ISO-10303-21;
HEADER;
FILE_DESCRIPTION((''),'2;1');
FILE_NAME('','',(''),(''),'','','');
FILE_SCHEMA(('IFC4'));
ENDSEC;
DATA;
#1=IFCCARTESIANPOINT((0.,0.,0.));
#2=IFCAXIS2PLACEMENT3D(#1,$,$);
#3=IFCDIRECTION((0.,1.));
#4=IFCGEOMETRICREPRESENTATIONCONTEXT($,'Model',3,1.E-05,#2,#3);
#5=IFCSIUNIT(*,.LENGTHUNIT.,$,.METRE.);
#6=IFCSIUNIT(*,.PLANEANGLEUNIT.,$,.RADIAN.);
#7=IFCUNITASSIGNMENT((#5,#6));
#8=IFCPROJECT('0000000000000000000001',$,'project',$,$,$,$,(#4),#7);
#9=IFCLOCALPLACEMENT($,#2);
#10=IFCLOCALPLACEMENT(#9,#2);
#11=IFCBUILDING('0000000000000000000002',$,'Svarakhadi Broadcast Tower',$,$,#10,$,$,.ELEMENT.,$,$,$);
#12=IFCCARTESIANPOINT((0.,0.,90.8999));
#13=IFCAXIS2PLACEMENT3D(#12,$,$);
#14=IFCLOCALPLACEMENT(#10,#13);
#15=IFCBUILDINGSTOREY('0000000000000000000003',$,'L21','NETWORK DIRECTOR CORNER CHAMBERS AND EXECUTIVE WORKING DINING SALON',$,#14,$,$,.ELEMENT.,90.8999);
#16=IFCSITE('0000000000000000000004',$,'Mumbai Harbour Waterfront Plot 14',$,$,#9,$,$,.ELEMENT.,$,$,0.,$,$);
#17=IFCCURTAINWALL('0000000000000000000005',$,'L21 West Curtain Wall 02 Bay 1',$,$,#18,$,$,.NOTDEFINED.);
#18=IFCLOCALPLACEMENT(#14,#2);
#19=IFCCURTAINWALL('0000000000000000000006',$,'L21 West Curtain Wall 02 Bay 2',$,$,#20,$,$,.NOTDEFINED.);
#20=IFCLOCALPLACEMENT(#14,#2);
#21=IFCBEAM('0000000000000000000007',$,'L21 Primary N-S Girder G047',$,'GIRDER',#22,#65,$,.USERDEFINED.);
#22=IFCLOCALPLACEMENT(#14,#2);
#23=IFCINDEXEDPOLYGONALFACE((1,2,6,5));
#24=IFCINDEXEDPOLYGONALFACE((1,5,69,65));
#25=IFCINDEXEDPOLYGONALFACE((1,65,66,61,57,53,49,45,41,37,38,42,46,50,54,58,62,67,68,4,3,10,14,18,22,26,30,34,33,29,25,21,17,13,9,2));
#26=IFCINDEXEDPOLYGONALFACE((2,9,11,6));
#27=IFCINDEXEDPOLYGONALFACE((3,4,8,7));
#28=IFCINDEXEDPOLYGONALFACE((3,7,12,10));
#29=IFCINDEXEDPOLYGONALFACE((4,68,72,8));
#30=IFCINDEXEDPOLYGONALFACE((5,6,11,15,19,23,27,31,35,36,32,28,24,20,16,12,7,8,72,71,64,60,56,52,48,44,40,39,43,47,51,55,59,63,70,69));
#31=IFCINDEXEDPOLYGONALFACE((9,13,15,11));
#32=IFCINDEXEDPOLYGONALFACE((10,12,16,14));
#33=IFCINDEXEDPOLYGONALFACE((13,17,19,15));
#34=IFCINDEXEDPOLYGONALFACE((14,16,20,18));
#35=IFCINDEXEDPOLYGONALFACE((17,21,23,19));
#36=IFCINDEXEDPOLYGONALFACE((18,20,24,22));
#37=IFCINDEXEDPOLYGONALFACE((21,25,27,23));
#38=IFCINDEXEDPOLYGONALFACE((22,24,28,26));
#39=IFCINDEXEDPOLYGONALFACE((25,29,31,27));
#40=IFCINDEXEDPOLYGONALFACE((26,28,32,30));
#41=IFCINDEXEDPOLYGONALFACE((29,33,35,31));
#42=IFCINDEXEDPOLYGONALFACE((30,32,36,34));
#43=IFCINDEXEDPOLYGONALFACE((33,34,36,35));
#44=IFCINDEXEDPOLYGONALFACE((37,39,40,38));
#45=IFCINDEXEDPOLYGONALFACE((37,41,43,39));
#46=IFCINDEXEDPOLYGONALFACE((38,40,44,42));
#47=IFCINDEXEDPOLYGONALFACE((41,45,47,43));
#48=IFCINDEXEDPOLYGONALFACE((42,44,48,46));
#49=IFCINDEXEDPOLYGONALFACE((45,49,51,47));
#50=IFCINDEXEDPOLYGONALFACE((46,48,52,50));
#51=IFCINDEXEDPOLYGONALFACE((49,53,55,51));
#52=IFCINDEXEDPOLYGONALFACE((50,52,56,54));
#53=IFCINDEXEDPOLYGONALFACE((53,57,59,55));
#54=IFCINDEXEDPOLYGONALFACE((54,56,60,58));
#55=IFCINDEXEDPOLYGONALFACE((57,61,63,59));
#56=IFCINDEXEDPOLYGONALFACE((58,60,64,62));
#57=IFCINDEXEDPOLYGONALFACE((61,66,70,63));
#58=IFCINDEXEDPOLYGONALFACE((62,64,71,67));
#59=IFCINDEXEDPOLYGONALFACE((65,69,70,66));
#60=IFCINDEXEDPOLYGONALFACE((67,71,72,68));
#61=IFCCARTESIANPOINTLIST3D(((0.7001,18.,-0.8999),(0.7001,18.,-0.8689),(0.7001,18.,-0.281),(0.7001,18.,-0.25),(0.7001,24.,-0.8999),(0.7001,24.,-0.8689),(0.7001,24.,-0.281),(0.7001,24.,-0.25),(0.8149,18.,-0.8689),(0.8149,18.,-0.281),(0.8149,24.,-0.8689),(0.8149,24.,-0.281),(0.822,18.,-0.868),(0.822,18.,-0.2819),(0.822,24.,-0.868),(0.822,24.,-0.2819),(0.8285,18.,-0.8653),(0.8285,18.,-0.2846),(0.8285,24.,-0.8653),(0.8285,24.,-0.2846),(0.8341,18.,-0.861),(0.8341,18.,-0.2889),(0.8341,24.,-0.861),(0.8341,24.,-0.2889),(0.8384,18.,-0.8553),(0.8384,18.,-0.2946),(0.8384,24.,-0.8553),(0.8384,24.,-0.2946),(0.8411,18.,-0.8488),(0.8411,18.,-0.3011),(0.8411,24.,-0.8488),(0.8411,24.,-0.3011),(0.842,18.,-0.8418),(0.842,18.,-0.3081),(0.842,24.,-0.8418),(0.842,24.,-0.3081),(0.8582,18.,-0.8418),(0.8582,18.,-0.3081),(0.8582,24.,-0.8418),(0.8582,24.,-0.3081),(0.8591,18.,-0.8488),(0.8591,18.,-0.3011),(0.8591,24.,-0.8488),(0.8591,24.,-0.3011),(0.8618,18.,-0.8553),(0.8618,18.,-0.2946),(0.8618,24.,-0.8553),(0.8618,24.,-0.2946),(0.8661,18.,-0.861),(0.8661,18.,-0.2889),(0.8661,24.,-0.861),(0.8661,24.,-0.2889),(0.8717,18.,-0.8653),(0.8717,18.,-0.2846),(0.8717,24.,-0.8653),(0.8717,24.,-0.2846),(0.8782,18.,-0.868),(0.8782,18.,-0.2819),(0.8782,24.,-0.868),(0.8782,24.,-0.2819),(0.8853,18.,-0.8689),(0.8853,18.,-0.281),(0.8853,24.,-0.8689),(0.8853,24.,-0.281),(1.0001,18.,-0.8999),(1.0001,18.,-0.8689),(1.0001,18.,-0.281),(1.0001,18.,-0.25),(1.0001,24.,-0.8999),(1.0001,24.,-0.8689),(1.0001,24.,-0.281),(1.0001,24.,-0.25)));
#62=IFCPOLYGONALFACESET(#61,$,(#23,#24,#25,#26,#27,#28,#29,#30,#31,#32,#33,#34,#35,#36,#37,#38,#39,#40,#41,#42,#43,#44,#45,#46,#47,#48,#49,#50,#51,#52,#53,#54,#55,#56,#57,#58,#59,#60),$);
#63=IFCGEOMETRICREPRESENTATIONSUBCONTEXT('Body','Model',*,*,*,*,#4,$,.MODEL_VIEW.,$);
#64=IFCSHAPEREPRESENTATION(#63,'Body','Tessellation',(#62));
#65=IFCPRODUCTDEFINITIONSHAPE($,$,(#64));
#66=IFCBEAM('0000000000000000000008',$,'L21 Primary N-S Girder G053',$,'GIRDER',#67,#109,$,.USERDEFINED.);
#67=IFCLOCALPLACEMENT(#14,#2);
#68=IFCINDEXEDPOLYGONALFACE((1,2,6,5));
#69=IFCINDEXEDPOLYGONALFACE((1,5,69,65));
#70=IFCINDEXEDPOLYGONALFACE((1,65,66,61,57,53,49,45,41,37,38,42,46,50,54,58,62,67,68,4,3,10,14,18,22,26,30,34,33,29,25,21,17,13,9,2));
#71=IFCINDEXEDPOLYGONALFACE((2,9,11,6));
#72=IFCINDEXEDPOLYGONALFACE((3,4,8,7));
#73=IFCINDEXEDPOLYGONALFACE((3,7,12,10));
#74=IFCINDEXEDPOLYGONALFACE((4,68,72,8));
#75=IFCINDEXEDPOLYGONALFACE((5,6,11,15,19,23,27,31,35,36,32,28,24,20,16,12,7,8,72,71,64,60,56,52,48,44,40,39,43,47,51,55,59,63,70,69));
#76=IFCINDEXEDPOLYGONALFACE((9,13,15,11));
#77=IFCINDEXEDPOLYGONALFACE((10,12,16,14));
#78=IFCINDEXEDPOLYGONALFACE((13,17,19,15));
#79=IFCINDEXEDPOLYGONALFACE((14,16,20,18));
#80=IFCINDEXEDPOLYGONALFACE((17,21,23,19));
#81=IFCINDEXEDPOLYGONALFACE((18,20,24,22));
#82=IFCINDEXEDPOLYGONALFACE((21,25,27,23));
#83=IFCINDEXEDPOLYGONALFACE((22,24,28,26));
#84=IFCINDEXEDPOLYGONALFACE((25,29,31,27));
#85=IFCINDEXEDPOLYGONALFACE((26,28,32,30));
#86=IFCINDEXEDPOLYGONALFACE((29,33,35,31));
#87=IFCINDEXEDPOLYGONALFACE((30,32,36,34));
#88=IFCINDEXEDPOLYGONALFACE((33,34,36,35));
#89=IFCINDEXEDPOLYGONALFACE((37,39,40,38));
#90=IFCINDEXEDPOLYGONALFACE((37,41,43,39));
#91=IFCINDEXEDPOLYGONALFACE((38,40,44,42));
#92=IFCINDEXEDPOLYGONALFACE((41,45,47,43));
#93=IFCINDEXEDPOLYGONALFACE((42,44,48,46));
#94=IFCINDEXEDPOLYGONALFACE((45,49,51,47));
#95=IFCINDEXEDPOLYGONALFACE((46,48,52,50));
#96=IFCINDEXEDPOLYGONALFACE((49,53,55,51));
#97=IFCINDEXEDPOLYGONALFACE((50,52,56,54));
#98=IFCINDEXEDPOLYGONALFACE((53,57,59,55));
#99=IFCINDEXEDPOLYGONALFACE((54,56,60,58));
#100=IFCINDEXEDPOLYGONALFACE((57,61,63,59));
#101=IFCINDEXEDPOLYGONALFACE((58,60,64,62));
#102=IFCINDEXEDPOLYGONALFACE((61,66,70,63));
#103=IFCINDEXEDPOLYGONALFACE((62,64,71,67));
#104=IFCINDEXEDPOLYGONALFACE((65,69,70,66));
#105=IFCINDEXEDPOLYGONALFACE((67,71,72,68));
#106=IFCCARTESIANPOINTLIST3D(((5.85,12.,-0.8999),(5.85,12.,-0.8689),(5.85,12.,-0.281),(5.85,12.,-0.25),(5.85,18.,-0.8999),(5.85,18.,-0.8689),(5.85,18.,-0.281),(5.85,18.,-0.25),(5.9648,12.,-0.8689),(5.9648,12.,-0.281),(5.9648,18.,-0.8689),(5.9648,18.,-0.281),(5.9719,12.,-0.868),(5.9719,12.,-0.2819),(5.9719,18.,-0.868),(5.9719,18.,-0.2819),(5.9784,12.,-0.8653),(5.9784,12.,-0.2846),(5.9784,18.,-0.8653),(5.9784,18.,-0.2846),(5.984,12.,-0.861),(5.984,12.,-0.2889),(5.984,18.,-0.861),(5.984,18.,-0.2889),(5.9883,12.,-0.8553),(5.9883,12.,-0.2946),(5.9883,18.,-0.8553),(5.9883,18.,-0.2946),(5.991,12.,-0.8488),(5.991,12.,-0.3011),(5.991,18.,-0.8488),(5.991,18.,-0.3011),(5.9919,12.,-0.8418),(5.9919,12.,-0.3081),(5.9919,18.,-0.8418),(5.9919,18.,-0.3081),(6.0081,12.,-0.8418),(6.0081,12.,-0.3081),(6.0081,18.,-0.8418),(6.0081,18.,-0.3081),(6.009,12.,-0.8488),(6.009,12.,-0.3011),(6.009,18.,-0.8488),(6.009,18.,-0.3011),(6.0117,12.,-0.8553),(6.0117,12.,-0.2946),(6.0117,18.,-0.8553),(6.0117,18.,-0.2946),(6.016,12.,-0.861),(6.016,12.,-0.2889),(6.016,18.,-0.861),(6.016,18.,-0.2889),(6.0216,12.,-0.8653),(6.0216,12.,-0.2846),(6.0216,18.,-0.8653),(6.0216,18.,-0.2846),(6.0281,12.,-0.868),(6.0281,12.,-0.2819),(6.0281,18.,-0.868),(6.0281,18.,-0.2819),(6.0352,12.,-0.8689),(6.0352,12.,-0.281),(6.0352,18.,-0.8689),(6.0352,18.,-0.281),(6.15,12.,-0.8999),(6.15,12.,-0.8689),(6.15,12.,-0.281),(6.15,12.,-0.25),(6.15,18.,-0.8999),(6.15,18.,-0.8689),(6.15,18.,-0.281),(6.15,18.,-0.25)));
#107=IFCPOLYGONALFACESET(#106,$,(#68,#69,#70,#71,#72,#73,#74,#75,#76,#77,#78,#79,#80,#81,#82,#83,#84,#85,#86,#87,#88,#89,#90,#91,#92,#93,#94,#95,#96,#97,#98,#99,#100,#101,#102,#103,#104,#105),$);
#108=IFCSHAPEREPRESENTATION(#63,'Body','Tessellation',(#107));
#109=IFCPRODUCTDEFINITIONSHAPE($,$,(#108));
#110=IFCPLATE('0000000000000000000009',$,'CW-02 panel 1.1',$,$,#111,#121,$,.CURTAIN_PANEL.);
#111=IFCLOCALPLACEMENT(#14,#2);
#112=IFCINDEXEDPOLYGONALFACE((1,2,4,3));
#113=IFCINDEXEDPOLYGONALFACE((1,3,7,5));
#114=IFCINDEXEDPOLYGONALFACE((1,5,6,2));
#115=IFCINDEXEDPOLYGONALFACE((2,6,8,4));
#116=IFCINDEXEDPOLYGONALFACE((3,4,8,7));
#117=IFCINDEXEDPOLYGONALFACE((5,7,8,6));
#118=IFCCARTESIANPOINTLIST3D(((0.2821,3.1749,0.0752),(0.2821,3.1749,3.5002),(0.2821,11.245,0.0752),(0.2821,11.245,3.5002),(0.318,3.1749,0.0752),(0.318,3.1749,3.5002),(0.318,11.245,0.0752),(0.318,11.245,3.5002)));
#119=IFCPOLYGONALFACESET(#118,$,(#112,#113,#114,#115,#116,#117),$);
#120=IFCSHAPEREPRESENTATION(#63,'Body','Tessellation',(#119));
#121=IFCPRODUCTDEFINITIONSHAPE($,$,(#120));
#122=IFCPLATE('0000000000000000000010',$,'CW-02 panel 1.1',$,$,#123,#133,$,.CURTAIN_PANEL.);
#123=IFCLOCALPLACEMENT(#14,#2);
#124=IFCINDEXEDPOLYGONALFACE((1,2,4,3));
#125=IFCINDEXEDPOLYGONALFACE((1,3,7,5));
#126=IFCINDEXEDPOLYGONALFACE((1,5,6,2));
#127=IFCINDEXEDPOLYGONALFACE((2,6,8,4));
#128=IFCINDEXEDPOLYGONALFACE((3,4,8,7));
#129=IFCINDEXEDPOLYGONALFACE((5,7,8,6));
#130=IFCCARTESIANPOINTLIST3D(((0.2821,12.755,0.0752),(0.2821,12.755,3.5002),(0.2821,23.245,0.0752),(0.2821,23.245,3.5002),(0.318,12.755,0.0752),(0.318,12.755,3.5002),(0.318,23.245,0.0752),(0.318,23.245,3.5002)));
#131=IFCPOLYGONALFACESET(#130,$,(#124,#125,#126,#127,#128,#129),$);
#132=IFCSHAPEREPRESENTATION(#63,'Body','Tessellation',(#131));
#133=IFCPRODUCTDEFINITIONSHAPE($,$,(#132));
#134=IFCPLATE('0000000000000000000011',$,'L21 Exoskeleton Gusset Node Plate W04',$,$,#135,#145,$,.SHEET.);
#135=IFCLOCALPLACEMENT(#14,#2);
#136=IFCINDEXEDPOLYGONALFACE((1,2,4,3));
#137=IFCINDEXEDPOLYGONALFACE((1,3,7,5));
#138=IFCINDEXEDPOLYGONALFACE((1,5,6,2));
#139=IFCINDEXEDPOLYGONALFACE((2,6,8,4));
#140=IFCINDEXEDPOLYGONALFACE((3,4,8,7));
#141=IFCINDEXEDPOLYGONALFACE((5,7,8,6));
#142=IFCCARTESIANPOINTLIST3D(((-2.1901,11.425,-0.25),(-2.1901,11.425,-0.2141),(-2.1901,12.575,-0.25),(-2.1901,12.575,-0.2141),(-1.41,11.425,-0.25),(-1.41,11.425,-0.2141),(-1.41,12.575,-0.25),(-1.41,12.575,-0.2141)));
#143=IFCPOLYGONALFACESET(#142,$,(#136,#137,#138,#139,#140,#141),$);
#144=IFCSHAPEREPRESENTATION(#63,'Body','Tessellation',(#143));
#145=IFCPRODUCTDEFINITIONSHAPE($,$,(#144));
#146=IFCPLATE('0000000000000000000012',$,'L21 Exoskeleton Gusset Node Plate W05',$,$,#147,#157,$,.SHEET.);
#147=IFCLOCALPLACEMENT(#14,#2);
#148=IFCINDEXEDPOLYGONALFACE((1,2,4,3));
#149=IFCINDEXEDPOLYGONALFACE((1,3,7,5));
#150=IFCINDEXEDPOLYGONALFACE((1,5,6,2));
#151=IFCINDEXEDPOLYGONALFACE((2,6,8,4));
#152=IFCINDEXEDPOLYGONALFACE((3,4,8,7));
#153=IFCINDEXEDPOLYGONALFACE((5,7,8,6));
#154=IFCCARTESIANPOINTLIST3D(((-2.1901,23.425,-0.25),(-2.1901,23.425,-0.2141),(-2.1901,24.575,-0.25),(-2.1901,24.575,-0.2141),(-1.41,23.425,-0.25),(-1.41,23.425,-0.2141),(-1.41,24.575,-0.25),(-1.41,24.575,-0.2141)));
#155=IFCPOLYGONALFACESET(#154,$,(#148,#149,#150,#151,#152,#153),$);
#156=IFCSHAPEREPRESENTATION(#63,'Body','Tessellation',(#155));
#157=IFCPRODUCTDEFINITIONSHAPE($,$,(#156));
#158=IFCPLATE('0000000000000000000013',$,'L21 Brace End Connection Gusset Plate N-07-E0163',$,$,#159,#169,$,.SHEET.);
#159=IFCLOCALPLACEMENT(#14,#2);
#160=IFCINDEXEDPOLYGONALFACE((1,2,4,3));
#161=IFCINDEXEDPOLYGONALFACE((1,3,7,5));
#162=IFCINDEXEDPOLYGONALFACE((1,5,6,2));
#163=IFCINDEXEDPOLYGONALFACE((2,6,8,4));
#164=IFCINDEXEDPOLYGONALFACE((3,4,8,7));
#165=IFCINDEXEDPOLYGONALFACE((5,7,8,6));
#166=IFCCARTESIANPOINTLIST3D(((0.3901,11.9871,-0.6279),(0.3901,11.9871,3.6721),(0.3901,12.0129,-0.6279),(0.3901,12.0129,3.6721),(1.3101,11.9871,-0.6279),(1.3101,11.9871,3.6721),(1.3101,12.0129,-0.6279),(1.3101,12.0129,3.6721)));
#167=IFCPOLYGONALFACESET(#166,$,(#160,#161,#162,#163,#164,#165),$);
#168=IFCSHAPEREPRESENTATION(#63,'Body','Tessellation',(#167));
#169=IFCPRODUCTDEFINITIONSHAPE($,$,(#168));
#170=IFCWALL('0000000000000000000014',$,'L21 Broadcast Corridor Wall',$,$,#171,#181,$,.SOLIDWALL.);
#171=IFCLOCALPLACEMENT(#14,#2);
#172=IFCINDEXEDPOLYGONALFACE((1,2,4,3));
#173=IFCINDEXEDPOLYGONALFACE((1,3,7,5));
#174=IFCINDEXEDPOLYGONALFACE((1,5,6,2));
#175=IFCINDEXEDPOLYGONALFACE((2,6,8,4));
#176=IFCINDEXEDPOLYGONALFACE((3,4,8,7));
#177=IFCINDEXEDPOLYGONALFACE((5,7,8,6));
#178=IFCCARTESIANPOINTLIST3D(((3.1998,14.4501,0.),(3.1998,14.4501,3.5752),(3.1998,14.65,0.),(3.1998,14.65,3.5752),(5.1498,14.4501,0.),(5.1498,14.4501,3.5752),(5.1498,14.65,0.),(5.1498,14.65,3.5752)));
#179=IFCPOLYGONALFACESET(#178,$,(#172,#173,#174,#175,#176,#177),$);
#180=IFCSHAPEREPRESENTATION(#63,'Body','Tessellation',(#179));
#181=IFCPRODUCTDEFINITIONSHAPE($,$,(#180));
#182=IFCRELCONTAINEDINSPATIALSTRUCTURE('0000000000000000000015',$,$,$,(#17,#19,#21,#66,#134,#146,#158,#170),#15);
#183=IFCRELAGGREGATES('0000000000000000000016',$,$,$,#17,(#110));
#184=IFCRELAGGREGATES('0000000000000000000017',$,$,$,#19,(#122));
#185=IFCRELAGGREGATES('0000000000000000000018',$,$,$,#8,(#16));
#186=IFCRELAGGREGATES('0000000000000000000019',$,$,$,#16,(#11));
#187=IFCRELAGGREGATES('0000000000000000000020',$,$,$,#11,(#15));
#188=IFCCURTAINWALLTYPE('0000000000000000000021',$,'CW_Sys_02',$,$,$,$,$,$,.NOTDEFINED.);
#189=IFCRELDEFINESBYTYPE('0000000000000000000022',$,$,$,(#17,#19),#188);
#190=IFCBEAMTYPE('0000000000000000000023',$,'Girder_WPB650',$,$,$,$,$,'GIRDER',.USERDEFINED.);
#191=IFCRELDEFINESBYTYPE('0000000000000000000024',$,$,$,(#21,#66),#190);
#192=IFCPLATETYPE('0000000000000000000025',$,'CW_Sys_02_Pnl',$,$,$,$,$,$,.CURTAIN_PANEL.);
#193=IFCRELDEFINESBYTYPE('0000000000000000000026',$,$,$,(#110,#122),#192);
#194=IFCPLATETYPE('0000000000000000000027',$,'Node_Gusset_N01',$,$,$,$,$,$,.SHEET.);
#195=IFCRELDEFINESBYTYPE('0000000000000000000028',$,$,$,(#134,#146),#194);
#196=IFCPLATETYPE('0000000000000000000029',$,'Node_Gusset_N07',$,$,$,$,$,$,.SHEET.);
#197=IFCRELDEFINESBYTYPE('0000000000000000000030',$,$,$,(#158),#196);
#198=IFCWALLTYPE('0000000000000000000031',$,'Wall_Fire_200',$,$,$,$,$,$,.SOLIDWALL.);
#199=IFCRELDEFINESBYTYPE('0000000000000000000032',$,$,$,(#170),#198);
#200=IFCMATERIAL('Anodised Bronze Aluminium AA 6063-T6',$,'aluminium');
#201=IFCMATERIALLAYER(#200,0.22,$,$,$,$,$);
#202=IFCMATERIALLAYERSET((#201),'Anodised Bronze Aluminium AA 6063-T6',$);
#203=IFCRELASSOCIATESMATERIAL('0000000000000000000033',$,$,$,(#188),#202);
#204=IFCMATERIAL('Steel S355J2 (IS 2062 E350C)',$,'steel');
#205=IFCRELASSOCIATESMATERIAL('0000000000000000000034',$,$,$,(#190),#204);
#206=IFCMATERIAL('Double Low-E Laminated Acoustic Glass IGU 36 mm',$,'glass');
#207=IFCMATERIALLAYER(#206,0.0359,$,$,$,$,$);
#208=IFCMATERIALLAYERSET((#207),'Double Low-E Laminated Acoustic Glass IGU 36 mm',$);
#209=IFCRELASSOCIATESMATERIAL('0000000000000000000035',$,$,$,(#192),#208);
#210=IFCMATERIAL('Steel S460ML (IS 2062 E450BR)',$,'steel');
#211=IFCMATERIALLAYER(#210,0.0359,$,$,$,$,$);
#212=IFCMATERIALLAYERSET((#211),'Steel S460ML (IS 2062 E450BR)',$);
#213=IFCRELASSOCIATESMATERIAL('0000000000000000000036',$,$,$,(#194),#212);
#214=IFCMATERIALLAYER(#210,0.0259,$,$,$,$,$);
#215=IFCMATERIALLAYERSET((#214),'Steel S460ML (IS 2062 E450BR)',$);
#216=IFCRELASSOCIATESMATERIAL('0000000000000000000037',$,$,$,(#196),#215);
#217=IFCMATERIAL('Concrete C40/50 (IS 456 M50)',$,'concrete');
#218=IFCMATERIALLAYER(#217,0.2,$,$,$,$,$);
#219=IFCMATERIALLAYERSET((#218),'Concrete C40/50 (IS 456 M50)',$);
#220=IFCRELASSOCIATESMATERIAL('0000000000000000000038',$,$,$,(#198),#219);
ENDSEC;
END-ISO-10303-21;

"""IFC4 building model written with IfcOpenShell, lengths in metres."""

from ifc_helpers import new_model, si_unit, direction, frame, frame_2d, origin, origin_2d, place, context, subcontext, project, spatial, rectangle, i_section, extrude, material, layer, layer_set, material_profile, profile_set, type_object, element, aggregate, save


model = new_model("IFC4")

# Units and contexts
model_context = context("Model", 3, precision=1e-05, world=origin(), true_north=direction((0.0, 1.0)))
body_context = subcontext(model_context, "Body", "Model", "MODEL_VIEW")
ifc_project = project(units=[si_unit("LENGTHUNIT", "METRE"), si_unit("PLANEANGLEUNIT", "RADIAN")], contexts=[model_context])

# Site, building, storey
site_placement = place(None, origin())
site = spatial("IfcSite", under=ifc_project, at=site_placement, Name="Mumbai Harbour Waterfront Plot 14", CompositionType="ELEMENT", RefElevation=0.0)
building_placement = place(site_placement, origin())
building = spatial("IfcBuilding", under=site, at=building_placement, Name="Svarakhadi Broadcast Tower", CompositionType="ELEMENT")
storey_placement = place(building_placement, frame((0.0, 0.0, 90.8999)))
storey = spatial("IfcBuildingStorey", under=building, at=storey_placement, Name="L21", Description="NETWORK DIRECTOR CORNER CHAMBERS AND EXECUTIVE WORKING DINING SALON", CompositionType="ELEMENT", Elevation=90.8999)

# Shared definitions
ifc_material_1 = material(Name="Steel S460ML (IS 2062 E450BR)", Category="steel")

# Shared definitions
ifc_material_2 = material(Name="Steel S355J2 (IS 2062 E350C)", Category="steel")

# Curtain wall
ifc_material_3 = material(Name="Anodised Bronze Aluminium AA 6063-T6", Category="aluminium")
ifc_layer_1 = layer(ifc_material_3, 0.22)
ifc_layer_set_1 = layer_set([ifc_layer_1], Name="Anodised Bronze Aluminium AA 6063-T6")
curtain_wall_type = type_object("IfcCurtainWallType", Name="CW_Sys_02", PredefinedType="NOTDEFINED", material=ifc_layer_set_1)
curtain_wall_1_placement = place(storey_placement, origin())
curtain_wall_1 = element("IfcCurtainWall", 1, at=curtain_wall_1_placement, inside=storey, type_object=curtain_wall_type, Name="L21 West Curtain Wall 02 Bay 1", PredefinedType="NOTDEFINED")

# Curtain wall
curtain_wall_2_placement = place(storey_placement, origin())
curtain_wall_2 = element("IfcCurtainWall", 2, at=curtain_wall_2_placement, inside=storey, type_object=curtain_wall_type, Name="L21 West Curtain Wall 02 Bay 2", PredefinedType="NOTDEFINED")

# Beams
ifc_material_profile_1 = material_profile(ifc_material_2, i_section(OverallWidth=0.3, OverallDepth=0.6499, WebThickness=0.0161, FlangeThickness=0.031, FilletRadius=0.0271, at=origin_2d()), Name="WPB 650x300x225")
ifc_profile_set_1 = profile_set([ifc_material_profile_1], Name="Steel S355J2 (IS 2062 E350C)")
beam_type_1 = type_object("IfcBeamType", Name="Girder_WPB650", ElementType="GIRDER", PredefinedType="USERDEFINED", material=ifc_profile_set_1)
for number, where, z_axis, x_axis, name in (
    (3, (0.8501, 18.0, -0.575), (0.0, 1.0, 0.0), (-1.0, 0.0, 0.0), "L21 Primary N-S Girder G047"),
    (4, (6.0, 12.0, -0.575), (0.0, 1.0, 0.0), (-1.0, 0.0, 0.0), "L21 Primary N-S Girder G053"),
):
    element("IfcBeam", number, at=place(storey_placement, frame(where, z_axis=z_axis, x_axis=x_axis)), inside=storey, type_object=beam_type_1, Name=name, ObjectType="GIRDER", PredefinedType="USERDEFINED", context=body_context, shape_type="SweptSolid", body=[
        extrude(i_section(OverallWidth=0.3, OverallDepth=0.6499, WebThickness=0.0161, FlangeThickness=0.031, FilletRadius=0.0271, at=origin_2d()), origin(), (0.0, 0.0, 1.0), 6.0),
    ])

# Plates
ifc_material_4 = material(Name="Double Low-E Laminated Acoustic Glass IGU 36 mm", Category="glass")
ifc_layer_2 = layer(ifc_material_4, 0.0359)
ifc_layer_set_2 = layer_set([ifc_layer_2], Name="Double Low-E Laminated Acoustic Glass IGU 36 mm")
plate_type_1 = type_object("IfcPlateType", Name="CW_Sys_02_Pnl", PredefinedType="CURTAIN_PANEL", material=ifc_layer_set_2)
plate_1_placement = place(storey_placement, frame((0.3, 7.21, 0.0752), z_axis=(0.0, 0.0, 1.0), x_axis=(0.0, 1.0, 0.0)))
plate_1 = element("IfcPlate", 5, at=plate_1_placement, type_object=plate_type_1, Name="CW-02 panel 1.1", PredefinedType="CURTAIN_PANEL", context=body_context, shape_type="SweptSolid", body=[
    extrude(rectangle(XDim=8.0701, YDim=0.0359, at=origin_2d()), origin(), (0.0, 0.0, 1.0), 3.425),
])
aggregate(curtain_wall_1, [plate_1])
plate_2_placement = place(storey_placement, frame((0.3, 18.0, 0.0752), z_axis=(0.0, 0.0, 1.0), x_axis=(0.0, 1.0, 0.0)))
plate_2 = element("IfcPlate", 6, at=plate_2_placement, type_object=plate_type_1, Name="CW-02 panel 1.1", PredefinedType="CURTAIN_PANEL", context=body_context, shape_type="SweptSolid", body=[
    extrude(rectangle(XDim=10.49, YDim=0.0359, at=origin_2d()), origin(), (0.0, 0.0, 1.0), 3.425),
])
aggregate(curtain_wall_2, [plate_2])

# Plates
ifc_layer_3 = layer(ifc_material_1, 0.0359)
ifc_layer_set_3 = layer_set([ifc_layer_3], Name="Steel S460ML (IS 2062 E450BR)")
plate_type_2 = type_object("IfcPlateType", Name="Node_Gusset_N01", PredefinedType="SHEET", material=ifc_layer_set_3)
for number, where, z_axis, x_axis, name in (
    (7, (-1.8, 12.0, -0.25), (0.0, 0.0, 1.0), (0.0, 1.0, 0.0), "L21 Exoskeleton Gusset Node Plate W04"),
    (8, (-1.8, 24.0, -0.25), (0.0, 0.0, 1.0), (0.0, 1.0, 0.0), "L21 Exoskeleton Gusset Node Plate W05"),
):
    element("IfcPlate", number, at=place(storey_placement, frame(where, z_axis=z_axis, x_axis=x_axis)), inside=storey, type_object=plate_type_2, Name=name, PredefinedType="SHEET", context=body_context, shape_type="SweptSolid", body=[
        extrude(rectangle(XDim=1.1499, YDim=0.78, at=origin_2d()), origin(), (0.0, 0.0, 1.0), 0.0359),
    ])
ifc_layer_4 = layer(ifc_material_1, 0.0259)
ifc_layer_set_4 = layer_set([ifc_layer_4], Name="Steel S460ML (IS 2062 E450BR)")
plate_type_3 = type_object("IfcPlateType", Name="Node_Gusset_N07", PredefinedType="SHEET", material=ifc_layer_set_4)
plate_3_placement = place(storey_placement, frame((0.8501, 12.0, -0.6279), z_axis=(0.0, 0.0, 1.0), x_axis=(1.0, 0.0, 0.0)))
element("IfcPlate", 9, at=plate_3_placement, inside=storey, type_object=plate_type_3, Name="L21 Brace End Connection Gusset Plate N-07-E0163", PredefinedType="SHEET", context=body_context, shape_type="SweptSolid", body=[
    extrude(rectangle(XDim=0.9199, YDim=0.0259, at=origin_2d()), origin(), (0.0, 0.0, 1.0), 4.3),
])

# Wall
ifc_material_5 = material(Name="Concrete C40/50 (IS 456 M50)", Category="concrete")
ifc_layer_5 = layer(ifc_material_5, 0.2)
ifc_layer_set_5 = layer_set([ifc_layer_5], Name="Concrete C40/50 (IS 456 M50)")
wall_type_1 = type_object("IfcWallType", Name="Wall_Fire_200", PredefinedType="SOLIDWALL", material=ifc_layer_set_5)
wall_1_placement = place(storey_placement, frame((5.1499, 14.55, 0.0), z_axis=(0.0, 0.0, 1.0), x_axis=(-1.0, 0.0, 0.0)))
element("IfcWall", 10, at=wall_1_placement, inside=storey, type_object=wall_type_1, Name="L21 Broadcast Corridor Wall", PredefinedType="SOLIDWALL", context=body_context, shape_type="SweptSolid", body=[
    extrude(rectangle(XDim=1.95, YDim=0.2, at=frame_2d((0.9751, 0.0))), origin(), (0.0, 0.0, 1.0), 3.5752),
])

save(model, "model.ifc")
